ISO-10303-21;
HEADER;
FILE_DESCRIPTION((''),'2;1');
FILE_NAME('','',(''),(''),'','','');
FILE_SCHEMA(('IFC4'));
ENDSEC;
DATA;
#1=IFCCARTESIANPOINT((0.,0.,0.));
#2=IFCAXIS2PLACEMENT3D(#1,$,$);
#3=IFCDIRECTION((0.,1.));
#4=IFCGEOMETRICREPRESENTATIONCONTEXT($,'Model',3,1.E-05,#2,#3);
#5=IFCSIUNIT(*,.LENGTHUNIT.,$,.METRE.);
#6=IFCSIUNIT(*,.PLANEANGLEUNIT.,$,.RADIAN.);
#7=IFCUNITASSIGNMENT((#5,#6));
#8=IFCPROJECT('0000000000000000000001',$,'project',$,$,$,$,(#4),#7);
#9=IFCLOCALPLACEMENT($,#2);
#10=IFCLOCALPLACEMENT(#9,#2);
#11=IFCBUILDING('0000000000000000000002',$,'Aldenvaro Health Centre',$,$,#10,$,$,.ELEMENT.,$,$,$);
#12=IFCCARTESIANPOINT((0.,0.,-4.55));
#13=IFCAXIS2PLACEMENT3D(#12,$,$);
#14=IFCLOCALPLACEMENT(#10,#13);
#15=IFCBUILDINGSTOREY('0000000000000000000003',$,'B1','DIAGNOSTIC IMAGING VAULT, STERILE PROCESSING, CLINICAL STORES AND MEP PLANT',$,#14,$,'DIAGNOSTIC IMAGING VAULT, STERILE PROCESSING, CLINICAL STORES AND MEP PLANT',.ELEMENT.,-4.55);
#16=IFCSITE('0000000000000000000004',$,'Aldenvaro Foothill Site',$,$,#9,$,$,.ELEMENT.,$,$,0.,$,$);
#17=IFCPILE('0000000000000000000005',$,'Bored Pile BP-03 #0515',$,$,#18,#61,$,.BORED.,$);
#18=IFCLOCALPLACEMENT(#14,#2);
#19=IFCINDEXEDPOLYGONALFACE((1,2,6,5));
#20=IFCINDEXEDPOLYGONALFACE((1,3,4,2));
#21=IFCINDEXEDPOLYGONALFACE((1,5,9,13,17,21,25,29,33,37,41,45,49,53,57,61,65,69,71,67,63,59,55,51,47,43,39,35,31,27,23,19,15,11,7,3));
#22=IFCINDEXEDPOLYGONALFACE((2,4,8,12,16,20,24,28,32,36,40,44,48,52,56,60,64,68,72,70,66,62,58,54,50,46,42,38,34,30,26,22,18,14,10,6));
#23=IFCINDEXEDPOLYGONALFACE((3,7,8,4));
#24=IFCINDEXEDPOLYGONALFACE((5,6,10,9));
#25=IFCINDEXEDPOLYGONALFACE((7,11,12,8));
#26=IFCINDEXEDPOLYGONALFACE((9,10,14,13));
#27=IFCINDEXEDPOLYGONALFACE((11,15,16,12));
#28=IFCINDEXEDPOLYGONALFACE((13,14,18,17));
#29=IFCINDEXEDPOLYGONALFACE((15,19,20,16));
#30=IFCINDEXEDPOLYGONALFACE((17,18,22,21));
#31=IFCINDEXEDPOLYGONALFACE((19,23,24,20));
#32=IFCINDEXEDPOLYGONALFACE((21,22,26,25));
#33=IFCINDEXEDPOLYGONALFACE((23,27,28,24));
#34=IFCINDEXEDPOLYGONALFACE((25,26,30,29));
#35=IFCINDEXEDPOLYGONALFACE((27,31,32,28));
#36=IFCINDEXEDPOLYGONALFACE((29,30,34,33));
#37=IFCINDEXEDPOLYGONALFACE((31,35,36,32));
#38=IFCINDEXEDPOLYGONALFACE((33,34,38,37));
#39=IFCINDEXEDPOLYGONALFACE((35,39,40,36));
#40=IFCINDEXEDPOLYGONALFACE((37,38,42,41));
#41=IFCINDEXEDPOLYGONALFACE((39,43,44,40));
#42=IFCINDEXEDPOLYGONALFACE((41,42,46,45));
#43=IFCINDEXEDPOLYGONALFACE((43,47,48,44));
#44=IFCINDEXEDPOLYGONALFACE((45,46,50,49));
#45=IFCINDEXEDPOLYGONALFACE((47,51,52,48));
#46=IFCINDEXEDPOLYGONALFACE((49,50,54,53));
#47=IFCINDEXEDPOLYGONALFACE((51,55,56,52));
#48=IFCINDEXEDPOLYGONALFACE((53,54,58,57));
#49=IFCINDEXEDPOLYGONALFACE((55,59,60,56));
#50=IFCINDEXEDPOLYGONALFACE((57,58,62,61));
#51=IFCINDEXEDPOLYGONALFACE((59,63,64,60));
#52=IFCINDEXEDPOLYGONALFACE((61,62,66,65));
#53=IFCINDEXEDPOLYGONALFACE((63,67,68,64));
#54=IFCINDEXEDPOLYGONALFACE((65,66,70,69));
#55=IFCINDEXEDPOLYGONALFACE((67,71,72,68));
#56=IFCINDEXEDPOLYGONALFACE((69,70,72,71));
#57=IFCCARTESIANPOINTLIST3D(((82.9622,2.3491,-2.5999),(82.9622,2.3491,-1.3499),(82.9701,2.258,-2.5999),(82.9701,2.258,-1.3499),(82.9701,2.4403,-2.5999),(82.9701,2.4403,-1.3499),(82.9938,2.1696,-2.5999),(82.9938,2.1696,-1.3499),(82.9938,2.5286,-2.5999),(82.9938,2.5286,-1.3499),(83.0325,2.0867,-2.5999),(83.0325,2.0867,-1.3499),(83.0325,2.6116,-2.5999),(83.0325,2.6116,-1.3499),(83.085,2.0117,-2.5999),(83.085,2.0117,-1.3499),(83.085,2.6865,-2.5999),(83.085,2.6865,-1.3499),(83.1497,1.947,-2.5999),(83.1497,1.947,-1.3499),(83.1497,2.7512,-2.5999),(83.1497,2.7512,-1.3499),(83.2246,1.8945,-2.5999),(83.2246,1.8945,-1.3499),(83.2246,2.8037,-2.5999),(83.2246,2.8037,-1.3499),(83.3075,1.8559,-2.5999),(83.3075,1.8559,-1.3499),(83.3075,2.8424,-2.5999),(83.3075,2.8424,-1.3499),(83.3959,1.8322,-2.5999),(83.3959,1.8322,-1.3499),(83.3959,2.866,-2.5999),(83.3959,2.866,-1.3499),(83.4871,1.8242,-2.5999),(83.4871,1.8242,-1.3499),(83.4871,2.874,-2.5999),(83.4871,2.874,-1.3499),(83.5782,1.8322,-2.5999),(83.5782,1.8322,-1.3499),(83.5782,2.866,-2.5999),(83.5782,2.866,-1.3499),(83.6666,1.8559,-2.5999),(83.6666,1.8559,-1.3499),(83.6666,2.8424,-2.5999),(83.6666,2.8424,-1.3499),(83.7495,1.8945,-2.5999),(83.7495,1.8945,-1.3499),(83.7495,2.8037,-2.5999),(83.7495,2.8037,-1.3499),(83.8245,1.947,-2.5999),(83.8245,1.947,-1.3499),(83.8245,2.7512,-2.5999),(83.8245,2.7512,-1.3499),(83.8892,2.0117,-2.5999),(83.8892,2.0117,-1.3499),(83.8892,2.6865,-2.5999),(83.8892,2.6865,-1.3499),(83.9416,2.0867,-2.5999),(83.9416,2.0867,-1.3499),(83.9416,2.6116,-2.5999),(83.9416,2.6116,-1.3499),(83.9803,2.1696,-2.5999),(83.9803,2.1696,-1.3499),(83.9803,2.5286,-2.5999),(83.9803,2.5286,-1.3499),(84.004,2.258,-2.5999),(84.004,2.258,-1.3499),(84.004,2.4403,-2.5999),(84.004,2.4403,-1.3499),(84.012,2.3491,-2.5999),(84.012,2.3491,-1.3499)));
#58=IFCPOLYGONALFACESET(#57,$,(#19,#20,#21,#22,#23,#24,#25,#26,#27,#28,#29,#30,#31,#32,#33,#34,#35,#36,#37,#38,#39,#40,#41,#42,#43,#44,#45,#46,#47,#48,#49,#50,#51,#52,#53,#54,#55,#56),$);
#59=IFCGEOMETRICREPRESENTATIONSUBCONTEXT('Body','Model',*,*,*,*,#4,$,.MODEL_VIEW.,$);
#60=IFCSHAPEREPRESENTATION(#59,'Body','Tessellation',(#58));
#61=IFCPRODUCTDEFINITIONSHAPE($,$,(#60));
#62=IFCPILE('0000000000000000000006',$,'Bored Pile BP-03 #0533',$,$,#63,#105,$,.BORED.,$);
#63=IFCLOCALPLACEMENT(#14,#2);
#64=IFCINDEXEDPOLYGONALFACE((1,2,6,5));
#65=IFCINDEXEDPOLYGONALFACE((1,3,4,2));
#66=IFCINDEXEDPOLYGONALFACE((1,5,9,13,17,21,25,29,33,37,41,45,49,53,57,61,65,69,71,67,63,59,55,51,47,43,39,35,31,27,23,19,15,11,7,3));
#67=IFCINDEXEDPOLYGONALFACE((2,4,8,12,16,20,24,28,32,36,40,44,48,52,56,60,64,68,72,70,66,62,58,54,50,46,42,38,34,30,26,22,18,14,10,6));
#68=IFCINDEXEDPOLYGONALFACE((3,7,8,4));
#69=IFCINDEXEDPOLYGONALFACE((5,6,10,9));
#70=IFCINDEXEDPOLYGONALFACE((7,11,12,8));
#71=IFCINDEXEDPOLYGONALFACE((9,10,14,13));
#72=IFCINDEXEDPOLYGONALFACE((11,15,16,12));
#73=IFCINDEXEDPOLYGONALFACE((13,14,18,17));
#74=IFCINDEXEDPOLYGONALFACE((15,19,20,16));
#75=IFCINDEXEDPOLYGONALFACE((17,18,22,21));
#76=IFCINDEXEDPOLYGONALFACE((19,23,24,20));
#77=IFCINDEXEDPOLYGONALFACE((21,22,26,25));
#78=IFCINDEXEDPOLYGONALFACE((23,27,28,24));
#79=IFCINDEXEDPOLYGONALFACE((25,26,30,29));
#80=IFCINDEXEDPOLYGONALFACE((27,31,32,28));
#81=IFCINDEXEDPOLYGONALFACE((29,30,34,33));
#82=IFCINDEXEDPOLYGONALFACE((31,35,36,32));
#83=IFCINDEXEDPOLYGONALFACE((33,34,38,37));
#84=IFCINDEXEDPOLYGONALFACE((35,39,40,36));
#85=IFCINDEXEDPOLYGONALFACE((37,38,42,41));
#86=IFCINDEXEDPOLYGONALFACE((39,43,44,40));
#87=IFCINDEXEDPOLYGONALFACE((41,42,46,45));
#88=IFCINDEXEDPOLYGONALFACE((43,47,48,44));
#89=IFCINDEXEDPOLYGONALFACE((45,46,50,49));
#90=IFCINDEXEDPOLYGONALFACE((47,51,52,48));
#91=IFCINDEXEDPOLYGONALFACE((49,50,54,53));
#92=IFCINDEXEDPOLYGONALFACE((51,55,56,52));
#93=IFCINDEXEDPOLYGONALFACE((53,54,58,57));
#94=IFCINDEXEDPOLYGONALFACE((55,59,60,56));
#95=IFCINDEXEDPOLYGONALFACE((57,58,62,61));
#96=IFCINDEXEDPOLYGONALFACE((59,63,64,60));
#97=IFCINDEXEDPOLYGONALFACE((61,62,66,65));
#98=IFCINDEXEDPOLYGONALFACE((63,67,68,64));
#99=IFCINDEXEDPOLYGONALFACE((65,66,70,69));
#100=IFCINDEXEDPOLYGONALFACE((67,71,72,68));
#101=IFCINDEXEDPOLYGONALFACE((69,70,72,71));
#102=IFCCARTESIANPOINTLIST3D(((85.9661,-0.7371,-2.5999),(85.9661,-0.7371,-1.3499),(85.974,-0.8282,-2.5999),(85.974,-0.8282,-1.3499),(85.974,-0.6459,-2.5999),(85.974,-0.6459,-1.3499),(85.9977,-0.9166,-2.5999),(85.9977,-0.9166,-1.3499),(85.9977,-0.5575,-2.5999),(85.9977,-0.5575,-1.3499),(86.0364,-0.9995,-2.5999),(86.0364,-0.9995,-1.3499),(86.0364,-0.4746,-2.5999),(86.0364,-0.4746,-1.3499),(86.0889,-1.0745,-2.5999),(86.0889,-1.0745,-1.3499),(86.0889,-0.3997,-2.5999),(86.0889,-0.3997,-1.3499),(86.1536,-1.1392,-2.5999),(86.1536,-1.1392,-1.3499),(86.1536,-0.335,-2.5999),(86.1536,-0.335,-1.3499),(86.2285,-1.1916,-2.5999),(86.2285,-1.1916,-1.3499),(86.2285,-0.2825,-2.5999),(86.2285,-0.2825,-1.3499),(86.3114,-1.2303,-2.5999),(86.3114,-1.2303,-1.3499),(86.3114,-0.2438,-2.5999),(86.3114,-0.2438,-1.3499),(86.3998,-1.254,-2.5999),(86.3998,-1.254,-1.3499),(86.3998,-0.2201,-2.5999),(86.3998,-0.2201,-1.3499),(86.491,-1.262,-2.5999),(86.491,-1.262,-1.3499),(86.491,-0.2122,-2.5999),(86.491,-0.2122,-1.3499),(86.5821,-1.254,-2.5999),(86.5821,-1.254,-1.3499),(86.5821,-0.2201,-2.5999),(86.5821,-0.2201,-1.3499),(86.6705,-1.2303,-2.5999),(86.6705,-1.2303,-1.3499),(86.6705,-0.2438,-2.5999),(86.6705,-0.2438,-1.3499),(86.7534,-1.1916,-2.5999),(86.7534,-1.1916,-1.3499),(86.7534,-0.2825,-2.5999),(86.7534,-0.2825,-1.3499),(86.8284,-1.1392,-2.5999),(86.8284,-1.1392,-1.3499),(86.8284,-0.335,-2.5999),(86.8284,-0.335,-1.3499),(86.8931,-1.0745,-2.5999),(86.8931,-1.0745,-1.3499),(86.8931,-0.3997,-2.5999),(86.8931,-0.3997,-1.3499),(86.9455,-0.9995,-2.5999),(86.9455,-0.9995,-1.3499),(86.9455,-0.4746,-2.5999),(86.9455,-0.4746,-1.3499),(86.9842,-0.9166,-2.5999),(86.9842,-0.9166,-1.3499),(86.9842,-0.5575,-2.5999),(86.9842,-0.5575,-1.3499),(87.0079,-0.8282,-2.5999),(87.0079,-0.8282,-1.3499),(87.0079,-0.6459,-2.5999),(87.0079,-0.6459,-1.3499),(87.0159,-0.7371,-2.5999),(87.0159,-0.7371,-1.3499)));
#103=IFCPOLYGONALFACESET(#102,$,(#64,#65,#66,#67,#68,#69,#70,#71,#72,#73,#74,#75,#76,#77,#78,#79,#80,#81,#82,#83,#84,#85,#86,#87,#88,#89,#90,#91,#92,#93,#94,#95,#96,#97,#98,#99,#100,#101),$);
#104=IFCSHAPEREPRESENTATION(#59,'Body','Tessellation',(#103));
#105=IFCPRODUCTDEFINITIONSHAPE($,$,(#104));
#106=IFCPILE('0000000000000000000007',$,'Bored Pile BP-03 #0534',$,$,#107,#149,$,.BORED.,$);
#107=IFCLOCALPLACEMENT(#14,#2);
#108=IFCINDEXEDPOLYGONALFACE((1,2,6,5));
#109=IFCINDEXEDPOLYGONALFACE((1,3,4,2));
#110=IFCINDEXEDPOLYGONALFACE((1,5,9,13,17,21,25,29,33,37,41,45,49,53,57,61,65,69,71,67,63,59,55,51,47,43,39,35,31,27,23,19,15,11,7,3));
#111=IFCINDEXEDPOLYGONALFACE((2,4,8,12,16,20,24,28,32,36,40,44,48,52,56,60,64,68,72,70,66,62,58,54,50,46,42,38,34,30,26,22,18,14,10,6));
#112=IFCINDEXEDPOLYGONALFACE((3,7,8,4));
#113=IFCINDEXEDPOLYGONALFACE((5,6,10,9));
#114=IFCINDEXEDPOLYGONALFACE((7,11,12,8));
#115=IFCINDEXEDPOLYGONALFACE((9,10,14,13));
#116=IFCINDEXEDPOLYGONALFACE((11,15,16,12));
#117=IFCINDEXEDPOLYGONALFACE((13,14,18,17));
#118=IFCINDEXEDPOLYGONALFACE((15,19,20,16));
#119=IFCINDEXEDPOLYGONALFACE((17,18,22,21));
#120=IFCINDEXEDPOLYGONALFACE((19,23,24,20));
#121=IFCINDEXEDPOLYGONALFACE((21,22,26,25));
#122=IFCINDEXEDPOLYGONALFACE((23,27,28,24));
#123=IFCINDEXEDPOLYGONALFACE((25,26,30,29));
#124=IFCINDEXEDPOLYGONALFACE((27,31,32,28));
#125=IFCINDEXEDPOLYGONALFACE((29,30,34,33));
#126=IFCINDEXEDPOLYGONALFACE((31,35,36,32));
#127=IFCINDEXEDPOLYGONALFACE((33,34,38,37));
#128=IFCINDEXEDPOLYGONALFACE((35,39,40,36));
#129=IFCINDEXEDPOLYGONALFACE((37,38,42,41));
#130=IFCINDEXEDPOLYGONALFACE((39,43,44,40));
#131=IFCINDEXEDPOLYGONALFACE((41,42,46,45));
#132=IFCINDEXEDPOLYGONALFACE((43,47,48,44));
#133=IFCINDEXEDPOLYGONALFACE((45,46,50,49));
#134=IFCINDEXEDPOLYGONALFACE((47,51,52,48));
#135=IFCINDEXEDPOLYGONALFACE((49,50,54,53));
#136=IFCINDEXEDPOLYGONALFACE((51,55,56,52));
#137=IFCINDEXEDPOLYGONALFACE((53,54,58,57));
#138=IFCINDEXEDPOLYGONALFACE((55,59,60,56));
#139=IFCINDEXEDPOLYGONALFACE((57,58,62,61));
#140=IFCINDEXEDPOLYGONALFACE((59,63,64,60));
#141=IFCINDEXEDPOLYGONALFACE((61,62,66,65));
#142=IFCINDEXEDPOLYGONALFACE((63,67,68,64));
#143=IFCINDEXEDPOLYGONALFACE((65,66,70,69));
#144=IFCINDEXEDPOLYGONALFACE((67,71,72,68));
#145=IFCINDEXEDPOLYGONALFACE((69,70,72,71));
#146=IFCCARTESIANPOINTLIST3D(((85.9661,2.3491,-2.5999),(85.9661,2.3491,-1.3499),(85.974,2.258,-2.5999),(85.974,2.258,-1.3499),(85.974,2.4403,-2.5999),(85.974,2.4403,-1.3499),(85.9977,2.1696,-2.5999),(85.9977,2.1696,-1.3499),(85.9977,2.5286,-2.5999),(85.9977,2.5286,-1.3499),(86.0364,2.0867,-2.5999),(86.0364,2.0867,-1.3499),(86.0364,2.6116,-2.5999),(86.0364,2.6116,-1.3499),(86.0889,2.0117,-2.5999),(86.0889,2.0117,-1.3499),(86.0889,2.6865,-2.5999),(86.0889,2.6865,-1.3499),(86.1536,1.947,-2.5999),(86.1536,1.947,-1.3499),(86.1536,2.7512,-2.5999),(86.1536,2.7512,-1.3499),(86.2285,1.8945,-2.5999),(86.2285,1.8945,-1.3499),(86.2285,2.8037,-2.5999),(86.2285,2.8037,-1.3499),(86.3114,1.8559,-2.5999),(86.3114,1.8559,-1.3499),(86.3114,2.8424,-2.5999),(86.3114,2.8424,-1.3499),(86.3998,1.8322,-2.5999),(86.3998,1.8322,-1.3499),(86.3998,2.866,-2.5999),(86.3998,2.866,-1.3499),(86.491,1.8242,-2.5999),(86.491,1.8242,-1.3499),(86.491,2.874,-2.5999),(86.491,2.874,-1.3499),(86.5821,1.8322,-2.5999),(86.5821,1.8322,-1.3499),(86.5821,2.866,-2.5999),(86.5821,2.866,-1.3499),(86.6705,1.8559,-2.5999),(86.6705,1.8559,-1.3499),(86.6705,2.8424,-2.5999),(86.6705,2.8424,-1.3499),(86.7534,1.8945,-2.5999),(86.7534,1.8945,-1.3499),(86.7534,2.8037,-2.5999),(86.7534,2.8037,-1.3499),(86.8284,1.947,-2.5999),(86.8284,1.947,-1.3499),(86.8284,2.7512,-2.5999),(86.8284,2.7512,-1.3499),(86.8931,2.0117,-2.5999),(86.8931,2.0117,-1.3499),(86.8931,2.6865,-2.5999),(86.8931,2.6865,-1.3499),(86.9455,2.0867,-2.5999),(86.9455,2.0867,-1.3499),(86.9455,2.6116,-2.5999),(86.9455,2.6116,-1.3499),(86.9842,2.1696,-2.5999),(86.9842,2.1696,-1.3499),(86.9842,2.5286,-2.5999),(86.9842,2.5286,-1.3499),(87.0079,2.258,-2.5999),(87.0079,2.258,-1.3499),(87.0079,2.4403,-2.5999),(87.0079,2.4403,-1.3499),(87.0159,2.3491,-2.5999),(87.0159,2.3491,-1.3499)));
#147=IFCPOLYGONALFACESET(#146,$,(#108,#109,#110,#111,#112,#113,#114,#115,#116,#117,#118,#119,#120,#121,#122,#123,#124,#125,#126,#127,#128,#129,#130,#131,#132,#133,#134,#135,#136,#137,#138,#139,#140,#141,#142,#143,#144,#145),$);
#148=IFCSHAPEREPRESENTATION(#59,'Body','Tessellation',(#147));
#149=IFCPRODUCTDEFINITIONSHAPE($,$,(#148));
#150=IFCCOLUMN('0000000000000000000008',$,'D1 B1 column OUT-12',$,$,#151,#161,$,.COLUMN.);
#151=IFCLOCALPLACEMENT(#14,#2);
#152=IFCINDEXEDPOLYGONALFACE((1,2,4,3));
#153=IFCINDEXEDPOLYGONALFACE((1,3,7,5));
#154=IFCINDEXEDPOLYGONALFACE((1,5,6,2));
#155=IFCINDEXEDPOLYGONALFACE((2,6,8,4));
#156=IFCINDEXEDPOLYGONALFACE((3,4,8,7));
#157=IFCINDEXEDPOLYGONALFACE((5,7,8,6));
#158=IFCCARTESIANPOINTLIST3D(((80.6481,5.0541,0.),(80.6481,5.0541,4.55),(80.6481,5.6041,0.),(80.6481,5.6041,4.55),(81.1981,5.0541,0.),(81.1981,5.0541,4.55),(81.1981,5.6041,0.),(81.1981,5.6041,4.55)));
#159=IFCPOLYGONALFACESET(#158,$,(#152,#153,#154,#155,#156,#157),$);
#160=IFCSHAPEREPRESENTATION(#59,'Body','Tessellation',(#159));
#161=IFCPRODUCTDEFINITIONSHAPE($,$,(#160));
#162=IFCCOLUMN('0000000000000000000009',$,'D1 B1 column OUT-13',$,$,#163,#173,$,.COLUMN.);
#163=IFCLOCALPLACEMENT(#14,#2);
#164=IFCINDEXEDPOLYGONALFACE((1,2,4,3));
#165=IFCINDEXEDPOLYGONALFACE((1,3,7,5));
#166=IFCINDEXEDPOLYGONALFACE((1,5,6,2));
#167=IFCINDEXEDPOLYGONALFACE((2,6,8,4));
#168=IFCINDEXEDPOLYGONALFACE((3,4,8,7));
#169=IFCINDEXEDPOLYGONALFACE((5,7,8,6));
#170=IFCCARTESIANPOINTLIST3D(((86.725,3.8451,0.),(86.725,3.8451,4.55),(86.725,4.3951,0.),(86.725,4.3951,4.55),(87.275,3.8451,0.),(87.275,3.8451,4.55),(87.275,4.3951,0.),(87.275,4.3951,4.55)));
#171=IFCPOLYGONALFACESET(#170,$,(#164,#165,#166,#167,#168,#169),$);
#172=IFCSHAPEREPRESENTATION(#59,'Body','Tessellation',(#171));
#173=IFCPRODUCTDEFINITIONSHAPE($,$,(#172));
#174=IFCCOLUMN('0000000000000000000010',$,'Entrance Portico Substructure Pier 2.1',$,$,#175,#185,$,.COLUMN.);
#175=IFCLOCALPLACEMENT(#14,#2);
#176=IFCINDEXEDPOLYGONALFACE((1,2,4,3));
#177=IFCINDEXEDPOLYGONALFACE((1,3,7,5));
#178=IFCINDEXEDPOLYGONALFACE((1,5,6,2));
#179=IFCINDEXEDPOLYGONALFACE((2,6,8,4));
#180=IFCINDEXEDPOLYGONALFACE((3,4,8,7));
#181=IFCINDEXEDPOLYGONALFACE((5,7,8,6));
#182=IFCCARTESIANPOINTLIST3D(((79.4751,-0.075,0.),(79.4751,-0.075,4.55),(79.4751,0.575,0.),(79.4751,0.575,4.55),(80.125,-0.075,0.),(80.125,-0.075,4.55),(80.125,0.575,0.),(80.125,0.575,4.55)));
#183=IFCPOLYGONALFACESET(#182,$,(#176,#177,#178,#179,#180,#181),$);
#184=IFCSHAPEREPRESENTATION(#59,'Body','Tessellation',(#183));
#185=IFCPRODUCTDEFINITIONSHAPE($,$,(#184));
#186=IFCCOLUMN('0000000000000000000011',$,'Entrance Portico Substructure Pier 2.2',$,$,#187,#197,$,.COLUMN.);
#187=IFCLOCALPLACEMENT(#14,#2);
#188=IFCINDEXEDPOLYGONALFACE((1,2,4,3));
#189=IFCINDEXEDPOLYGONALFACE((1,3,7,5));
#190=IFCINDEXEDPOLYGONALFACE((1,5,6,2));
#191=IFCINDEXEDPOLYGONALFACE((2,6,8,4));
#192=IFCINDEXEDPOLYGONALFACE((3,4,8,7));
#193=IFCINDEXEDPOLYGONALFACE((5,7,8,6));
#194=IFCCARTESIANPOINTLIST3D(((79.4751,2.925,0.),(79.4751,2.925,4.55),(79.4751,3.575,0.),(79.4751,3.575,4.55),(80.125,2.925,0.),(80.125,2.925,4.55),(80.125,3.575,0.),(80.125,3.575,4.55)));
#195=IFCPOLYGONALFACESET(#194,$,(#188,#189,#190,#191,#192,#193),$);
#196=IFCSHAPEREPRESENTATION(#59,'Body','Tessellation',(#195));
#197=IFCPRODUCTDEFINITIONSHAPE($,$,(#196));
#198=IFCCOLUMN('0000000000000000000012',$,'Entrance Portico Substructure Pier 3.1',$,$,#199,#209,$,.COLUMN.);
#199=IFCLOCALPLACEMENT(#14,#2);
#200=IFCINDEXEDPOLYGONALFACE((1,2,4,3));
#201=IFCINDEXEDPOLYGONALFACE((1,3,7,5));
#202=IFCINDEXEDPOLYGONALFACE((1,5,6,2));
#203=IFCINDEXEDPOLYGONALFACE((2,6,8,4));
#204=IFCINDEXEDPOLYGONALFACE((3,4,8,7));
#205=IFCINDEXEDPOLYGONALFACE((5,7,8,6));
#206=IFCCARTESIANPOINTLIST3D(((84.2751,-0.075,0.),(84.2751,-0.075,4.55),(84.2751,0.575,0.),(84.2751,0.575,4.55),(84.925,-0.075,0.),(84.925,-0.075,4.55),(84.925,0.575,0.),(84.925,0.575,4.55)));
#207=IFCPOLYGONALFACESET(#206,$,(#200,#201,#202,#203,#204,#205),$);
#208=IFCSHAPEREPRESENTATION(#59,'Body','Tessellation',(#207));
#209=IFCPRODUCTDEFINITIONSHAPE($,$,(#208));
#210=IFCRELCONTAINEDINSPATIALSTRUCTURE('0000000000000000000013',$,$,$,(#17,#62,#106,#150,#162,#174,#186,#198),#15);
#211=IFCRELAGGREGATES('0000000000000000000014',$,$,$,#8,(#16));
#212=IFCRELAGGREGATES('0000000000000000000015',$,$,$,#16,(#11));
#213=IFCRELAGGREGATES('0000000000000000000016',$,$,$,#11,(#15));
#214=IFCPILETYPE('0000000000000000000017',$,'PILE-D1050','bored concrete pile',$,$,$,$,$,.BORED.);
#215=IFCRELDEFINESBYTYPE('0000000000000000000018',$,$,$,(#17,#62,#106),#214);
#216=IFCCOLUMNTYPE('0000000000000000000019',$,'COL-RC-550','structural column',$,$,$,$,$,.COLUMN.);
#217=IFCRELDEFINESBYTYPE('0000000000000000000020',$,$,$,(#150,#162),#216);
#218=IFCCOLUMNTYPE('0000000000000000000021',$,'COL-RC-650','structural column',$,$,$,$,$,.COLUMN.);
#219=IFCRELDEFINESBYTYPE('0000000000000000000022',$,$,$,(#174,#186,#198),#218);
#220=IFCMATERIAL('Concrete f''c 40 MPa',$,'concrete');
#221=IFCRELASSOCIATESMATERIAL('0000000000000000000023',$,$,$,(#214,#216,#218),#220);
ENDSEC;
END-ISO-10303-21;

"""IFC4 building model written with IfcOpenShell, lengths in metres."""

from ifc_helpers import new_model, si_unit, direction, frame, origin, origin_2d, place, context, subcontext, project, spatial, rectangle, circle, extrude, material, material_profile, profile_set, type_object, element, save


model = new_model("IFC4")

# Units and contexts
model_context = context("Model", 3, precision=1e-05, world=origin(), true_north=direction((0.0, 1.0)))
body_context = subcontext(model_context, "Body", "Model", "MODEL_VIEW")
ifc_project = project(units=[si_unit("LENGTHUNIT", "METRE"), si_unit("PLANEANGLEUNIT", "RADIAN")], contexts=[model_context])

# Site, building, storey
site_placement = place(None, origin())
site = spatial("IfcSite", under=ifc_project, at=site_placement, Name="Aldenvaro Foothill Site", CompositionType="ELEMENT", RefElevation=0.0)
building_placement = place(site_placement, origin())
building = spatial("IfcBuilding", under=site, at=building_placement, Name="Aldenvaro Health Centre", CompositionType="ELEMENT")
storey_placement = place(building_placement, frame((0.0, 0.0, -4.55)))
storey = spatial("IfcBuildingStorey", under=building, at=storey_placement, Name="B1", Description="DIAGNOSTIC IMAGING VAULT, STERILE PROCESSING, CLINICAL STORES AND MEP PLANT", LongName="DIAGNOSTIC IMAGING VAULT, STERILE PROCESSING, CLINICAL STORES AND MEP PLANT", CompositionType="ELEMENT", Elevation=-4.55)

# Piles
ifc_material_1 = material(Name="Concrete f'c 40 MPa", Category="concrete")
ifc_material_profile_1 = material_profile(ifc_material_1, circle(Radius=0.5249, at=origin_2d()), Name="PILE D1050", Category="concrete")
ifc_profile_set_1 = profile_set([ifc_material_profile_1], Name="Concrete f'c 40 MPa")
pile_type = type_object("IfcPileType", Name="PILE-D1050", Description="bored concrete pile", PredefinedType="BORED", material=ifc_profile_set_1)
for number, where, z_axis, x_axis, name in (
    (1, (83.4871, 2.3491, -1.3499), (0.0, 0.0, -1.0), (1.0, 0.0, 0.0), "Bored Pile BP-03 #0515"),
    (2, (86.491, -0.7371, -1.3499), (0.0, 0.0, -1.0), (1.0, 0.0, 0.0), "Bored Pile BP-03 #0533"),
    (3, (86.491, 2.3491, -1.3499), (0.0, 0.0, -1.0), (1.0, 0.0, 0.0), "Bored Pile BP-03 #0534"),
):
    element("IfcPile", number, at=place(storey_placement, frame(where, z_axis=z_axis, x_axis=x_axis)), inside=storey, type_object=pile_type, Name=name, PredefinedType="BORED", context=body_context, shape_type="SweptSolid", body=[
        extrude(circle(Radius=0.5249, at=origin_2d()), origin(), (0.0, 0.0, 1.0), 1.25),
    ])

# Columns
ifc_material_profile_2 = material_profile(ifc_material_1, rectangle(XDim=0.55, YDim=0.55, at=origin_2d()), Name="RC 550x550", Category="concrete")
ifc_profile_set_2 = profile_set([ifc_material_profile_2], Name="Concrete f'c 40 MPa")
column_type_1 = type_object("IfcColumnType", Name="COL-RC-550", Description="structural column", PredefinedType="COLUMN", material=ifc_profile_set_2)
for number, where, z_axis, x_axis, name in (
    (4, (80.9231, 5.3291, 0.0), (0.0, 0.0, 1.0), (1.0, 0.0, 0.0), "D1 B1 column OUT-12"),
    (5, (87.0, 4.1201, 0.0), (0.0, 0.0, 1.0), (1.0, 0.0, 0.0), "D1 B1 column OUT-13"),
):
    element("IfcColumn", number, at=place(storey_placement, frame(where, z_axis=z_axis, x_axis=x_axis)), inside=storey, type_object=column_type_1, Name=name, PredefinedType="COLUMN", context=body_context, shape_type="SweptSolid", body=[
        extrude(rectangle(XDim=0.55, YDim=0.55, at=origin_2d()), origin(), (0.0, 0.0, 1.0), 4.55),
    ])
ifc_material_profile_3 = material_profile(ifc_material_1, rectangle(XDim=0.6499, YDim=0.6499, at=origin_2d()), Name="RC 650x650", Category="concrete")
ifc_profile_set_3 = profile_set([ifc_material_profile_3], Name="Concrete f'c 40 MPa")
column_type_2 = type_object("IfcColumnType", Name="COL-RC-650", Description="structural column", PredefinedType="COLUMN", material=ifc_profile_set_3)
for number, where, z_axis, x_axis, name in (
    (6, (79.8, 0.25, 0.0), (0.0, 0.0, 1.0), (1.0, 0.0, 0.0), "Entrance Portico Substructure Pier 2.1"),
    (7, (79.8, 3.25, 0.0), (0.0, 0.0, 1.0), (1.0, 0.0, 0.0), "Entrance Portico Substructure Pier 2.2"),
    (8, (84.6001, 0.25, 0.0), (0.0, 0.0, 1.0), (1.0, 0.0, 0.0), "Entrance Portico Substructure Pier 3.1"),
):
    element("IfcColumn", number, at=place(storey_placement, frame(where, z_axis=z_axis, x_axis=x_axis)), inside=storey, type_object=column_type_2, Name=name, PredefinedType="COLUMN", context=body_context, shape_type="SweptSolid", body=[
        extrude(rectangle(XDim=0.6499, YDim=0.6499, at=origin_2d()), origin(), (0.0, 0.0, 1.0), 4.55),
    ])

save(model, "model.ifc")
